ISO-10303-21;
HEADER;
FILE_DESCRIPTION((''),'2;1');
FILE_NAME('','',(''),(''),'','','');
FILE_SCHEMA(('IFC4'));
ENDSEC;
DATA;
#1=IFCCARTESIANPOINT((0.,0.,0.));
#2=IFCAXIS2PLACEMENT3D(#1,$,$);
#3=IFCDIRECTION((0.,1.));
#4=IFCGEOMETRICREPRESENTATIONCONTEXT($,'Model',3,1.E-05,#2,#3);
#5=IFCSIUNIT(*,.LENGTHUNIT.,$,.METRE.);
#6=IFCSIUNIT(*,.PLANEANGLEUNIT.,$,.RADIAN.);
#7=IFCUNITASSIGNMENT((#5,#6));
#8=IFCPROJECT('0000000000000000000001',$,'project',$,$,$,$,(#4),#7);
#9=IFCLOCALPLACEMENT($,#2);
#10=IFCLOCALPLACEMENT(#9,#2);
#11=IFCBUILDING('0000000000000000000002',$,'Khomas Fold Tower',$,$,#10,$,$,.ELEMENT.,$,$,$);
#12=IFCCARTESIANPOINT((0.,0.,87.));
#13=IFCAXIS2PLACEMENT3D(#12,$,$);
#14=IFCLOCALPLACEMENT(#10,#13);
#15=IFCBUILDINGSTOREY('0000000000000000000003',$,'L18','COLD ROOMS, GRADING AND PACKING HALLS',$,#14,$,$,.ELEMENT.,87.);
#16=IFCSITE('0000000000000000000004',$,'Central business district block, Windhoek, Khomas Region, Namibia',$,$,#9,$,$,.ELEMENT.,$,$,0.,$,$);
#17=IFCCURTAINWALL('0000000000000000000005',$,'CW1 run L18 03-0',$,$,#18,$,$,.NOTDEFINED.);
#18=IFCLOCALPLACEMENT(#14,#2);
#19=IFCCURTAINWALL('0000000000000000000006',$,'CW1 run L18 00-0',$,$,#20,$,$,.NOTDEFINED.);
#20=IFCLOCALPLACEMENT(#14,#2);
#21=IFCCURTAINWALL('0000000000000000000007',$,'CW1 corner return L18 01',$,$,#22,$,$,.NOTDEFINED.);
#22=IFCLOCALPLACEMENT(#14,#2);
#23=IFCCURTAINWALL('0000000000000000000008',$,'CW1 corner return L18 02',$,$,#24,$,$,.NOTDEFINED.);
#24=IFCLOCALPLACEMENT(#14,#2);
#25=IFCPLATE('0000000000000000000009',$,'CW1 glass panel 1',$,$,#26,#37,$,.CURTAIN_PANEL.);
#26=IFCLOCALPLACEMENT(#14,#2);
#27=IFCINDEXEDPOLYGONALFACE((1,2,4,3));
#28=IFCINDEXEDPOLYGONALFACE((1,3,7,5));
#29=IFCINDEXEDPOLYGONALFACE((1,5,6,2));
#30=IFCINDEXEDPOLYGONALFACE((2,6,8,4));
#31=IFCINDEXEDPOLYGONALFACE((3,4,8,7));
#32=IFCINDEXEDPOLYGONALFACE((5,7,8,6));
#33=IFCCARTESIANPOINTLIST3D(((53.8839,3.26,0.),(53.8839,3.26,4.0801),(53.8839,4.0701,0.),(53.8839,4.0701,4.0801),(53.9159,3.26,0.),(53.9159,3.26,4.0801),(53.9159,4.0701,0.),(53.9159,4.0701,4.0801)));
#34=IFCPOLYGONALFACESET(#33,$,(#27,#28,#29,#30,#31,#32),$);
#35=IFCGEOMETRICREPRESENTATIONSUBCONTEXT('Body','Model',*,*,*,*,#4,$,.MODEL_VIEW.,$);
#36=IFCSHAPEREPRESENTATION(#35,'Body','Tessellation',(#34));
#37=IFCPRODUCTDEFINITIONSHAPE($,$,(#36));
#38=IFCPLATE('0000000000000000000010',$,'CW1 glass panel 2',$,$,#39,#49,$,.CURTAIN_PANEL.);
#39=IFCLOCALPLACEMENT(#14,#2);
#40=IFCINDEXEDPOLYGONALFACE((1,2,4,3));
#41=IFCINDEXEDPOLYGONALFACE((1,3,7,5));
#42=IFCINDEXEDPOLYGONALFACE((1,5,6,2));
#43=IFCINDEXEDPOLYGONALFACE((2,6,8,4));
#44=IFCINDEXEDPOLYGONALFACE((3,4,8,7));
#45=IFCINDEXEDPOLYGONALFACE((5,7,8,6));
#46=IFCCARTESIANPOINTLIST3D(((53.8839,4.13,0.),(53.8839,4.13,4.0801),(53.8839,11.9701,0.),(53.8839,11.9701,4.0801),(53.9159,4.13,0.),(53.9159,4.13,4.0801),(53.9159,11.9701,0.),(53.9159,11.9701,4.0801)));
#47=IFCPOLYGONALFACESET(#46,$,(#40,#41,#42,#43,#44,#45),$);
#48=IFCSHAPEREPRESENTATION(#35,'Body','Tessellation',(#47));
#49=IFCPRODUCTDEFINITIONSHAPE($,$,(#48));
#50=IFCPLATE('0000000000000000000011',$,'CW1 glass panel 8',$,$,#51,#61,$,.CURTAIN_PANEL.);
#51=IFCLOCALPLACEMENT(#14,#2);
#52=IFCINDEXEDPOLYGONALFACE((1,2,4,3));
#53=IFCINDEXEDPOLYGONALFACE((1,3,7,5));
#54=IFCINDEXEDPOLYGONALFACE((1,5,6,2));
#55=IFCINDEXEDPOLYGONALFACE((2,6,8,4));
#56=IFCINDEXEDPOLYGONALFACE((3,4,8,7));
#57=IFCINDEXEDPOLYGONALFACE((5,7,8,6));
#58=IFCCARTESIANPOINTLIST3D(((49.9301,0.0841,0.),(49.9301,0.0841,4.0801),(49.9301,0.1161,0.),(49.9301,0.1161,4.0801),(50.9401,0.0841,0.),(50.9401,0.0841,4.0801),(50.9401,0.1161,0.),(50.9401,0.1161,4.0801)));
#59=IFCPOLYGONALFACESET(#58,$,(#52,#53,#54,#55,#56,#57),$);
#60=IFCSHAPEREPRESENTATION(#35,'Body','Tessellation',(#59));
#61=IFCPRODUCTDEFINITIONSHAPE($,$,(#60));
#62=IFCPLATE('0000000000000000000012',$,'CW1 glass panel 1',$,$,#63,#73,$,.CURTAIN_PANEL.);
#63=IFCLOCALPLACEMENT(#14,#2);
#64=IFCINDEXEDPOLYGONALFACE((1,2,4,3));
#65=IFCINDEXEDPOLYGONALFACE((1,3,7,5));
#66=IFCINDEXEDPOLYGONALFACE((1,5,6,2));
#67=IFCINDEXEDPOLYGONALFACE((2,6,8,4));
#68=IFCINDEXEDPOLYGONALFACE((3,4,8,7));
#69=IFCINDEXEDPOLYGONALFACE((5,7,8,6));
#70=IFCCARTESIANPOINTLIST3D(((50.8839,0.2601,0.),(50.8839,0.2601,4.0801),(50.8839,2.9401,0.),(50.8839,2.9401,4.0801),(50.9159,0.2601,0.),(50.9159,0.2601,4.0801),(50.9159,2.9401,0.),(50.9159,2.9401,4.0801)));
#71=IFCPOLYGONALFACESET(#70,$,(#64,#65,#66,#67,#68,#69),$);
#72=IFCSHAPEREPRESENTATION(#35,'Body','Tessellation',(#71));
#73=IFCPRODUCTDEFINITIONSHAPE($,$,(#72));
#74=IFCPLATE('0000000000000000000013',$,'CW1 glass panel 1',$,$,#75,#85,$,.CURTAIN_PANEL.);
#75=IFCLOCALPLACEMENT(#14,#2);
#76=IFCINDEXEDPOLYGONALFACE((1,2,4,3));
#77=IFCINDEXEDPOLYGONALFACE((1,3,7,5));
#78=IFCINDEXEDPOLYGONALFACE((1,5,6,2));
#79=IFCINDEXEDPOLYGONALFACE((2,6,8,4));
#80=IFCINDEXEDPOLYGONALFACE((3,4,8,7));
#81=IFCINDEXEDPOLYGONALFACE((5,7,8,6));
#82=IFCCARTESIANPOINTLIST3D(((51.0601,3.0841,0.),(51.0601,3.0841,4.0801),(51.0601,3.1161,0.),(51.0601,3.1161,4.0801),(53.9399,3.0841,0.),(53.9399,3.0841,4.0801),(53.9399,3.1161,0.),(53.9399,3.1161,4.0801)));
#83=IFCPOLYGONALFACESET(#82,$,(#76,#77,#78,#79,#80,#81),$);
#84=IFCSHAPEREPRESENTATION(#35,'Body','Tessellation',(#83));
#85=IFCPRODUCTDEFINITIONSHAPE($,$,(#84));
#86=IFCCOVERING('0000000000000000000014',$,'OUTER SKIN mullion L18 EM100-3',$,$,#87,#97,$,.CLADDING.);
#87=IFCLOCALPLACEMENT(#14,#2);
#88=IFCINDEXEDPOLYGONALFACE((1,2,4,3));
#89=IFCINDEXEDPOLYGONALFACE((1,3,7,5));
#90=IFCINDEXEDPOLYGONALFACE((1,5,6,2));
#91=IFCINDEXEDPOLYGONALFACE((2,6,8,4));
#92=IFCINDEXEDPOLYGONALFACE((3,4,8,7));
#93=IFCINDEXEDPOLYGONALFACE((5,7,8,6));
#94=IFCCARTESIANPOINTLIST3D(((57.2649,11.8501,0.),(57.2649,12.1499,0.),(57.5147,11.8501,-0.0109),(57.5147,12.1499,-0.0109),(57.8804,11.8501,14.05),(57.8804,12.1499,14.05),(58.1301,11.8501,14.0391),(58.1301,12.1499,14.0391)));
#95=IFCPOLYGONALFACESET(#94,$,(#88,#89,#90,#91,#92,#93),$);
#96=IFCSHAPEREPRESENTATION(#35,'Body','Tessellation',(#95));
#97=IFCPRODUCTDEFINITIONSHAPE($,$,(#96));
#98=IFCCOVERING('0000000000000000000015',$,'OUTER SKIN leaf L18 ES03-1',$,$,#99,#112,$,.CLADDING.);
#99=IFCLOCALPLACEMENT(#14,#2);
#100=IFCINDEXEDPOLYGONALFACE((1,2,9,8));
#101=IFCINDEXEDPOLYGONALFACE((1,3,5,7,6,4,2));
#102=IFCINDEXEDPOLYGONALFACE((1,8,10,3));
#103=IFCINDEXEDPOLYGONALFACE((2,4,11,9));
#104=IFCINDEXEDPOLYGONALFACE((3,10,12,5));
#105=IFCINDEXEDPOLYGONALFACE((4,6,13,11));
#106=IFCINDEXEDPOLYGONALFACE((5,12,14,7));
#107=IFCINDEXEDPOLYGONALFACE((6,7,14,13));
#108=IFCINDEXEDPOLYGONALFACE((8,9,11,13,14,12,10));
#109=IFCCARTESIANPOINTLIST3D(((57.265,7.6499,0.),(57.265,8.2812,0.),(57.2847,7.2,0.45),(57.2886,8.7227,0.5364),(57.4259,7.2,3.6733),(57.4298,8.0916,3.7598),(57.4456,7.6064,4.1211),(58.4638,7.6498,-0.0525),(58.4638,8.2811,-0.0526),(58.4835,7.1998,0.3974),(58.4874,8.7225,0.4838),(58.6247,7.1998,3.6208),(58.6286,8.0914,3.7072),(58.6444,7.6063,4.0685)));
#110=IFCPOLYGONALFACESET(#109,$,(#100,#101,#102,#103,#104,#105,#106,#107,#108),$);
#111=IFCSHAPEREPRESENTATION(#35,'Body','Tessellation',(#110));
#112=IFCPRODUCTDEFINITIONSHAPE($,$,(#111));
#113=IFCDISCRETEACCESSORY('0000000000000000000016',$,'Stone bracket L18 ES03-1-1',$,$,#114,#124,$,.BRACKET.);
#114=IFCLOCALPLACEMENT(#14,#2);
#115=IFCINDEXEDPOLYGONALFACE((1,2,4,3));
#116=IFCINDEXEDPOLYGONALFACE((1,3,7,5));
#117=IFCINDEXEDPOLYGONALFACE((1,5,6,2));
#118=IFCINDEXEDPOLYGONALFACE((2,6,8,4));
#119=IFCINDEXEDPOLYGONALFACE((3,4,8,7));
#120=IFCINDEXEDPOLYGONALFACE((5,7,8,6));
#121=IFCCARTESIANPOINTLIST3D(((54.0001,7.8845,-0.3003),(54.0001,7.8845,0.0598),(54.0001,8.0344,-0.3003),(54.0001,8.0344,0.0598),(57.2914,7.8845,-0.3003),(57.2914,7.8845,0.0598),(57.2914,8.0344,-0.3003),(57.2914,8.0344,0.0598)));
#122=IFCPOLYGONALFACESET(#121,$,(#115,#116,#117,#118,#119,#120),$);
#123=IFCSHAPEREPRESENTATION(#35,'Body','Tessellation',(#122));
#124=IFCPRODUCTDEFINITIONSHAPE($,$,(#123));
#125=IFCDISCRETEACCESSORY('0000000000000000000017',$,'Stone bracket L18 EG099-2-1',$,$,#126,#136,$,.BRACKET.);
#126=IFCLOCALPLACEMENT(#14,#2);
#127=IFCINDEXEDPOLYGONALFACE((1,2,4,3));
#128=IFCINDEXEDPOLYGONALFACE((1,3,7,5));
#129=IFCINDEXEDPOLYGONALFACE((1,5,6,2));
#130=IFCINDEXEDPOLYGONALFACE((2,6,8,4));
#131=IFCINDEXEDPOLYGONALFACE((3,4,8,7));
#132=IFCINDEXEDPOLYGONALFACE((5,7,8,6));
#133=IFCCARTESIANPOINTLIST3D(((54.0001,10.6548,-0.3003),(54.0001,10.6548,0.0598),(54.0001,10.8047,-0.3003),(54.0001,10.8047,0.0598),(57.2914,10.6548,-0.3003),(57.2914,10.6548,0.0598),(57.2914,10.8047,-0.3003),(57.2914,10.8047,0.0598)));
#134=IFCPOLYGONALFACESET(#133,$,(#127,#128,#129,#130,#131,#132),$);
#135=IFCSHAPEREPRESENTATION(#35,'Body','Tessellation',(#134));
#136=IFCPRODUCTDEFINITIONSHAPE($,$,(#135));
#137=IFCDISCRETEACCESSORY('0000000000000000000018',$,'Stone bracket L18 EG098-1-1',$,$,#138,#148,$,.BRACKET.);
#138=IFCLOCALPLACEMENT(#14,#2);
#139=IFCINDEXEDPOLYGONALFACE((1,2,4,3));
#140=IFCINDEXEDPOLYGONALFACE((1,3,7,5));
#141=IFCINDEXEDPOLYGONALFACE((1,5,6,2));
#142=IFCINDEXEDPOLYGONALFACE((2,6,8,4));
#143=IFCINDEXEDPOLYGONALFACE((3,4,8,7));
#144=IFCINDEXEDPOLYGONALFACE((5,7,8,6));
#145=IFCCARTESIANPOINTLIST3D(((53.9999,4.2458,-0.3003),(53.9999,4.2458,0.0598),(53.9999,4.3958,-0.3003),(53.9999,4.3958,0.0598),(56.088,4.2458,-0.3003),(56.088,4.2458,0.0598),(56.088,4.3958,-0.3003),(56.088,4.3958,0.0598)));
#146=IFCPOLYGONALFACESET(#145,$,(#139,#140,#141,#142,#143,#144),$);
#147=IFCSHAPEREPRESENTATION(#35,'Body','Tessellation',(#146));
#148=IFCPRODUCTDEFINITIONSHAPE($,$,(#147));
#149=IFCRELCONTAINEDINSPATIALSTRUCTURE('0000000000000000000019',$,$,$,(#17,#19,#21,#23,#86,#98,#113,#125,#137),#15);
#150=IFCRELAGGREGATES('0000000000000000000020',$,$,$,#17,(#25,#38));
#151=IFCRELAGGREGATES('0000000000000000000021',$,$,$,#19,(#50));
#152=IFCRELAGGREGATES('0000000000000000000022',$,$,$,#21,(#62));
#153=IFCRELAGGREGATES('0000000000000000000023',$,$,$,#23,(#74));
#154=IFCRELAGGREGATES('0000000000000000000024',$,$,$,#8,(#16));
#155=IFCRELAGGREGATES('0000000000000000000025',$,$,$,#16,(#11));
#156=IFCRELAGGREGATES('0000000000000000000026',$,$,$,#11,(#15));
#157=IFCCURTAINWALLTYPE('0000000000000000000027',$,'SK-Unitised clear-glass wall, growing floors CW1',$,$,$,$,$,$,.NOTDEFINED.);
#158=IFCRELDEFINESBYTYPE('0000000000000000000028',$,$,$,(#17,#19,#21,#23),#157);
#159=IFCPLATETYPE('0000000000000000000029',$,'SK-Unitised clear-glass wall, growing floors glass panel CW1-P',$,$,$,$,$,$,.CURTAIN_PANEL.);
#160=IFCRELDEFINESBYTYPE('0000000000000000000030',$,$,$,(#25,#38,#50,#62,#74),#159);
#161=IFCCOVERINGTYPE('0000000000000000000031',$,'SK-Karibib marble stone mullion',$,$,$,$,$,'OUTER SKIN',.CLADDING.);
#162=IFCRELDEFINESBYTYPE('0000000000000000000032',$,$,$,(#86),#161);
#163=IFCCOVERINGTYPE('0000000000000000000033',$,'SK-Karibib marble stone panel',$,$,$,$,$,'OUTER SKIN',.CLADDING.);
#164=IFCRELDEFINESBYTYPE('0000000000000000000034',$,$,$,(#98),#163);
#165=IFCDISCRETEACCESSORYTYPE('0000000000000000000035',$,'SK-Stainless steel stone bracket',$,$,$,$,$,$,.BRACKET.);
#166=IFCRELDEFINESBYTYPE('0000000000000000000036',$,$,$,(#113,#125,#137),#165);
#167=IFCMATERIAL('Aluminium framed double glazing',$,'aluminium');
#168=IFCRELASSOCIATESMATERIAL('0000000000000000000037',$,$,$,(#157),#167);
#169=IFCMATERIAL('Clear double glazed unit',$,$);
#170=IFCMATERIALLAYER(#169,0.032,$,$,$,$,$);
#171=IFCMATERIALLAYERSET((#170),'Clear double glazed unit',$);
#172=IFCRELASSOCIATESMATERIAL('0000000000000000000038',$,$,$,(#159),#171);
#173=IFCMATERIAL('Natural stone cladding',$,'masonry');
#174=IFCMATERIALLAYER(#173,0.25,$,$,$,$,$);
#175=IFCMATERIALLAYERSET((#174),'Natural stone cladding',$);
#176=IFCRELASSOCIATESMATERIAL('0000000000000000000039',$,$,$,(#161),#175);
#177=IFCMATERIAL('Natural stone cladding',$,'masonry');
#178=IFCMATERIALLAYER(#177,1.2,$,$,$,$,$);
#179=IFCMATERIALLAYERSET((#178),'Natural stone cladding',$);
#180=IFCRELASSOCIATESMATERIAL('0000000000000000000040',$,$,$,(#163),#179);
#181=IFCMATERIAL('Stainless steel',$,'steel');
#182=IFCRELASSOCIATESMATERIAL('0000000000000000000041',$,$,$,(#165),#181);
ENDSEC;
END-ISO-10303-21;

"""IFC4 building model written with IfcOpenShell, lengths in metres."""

from ifc_helpers import new_model, si_unit, direction, frame, origin, origin_2d, place, context, subcontext, project, spatial, polyline, rectangle, outline, extrude, source, transform, mapped, material, layer, layer_set, type_object, element, aggregate, save


model = new_model("IFC4")

# Units and contexts
model_context = context("Model", 3, precision=1e-05, world=origin(), true_north=direction((0.0, 1.0)))
body_context = subcontext(model_context, "Body", "Model", "MODEL_VIEW")
ifc_project = project(units=[si_unit("LENGTHUNIT", "METRE"), si_unit("PLANEANGLEUNIT", "RADIAN")], contexts=[model_context])

# Site, building, storey
site_placement = place(None, origin())
site = spatial("IfcSite", under=ifc_project, at=site_placement, Name="Central business district block, Windhoek, Khomas Region, Namibia", CompositionType="ELEMENT", RefElevation=0.0)
building_placement = place(site_placement, origin())
building = spatial("IfcBuilding", under=site, at=building_placement, Name="Khomas Fold Tower", CompositionType="ELEMENT")
storey_placement = place(building_placement, frame((0.0, 0.0, 87.0)))
storey = spatial("IfcBuildingStorey", under=building, at=storey_placement, Name="L18", Description="COLD ROOMS, GRADING AND PACKING HALLS", CompositionType="ELEMENT", Elevation=87.0)

# Curtain wall
ifc_material_1 = material(Name="Aluminium framed double glazing", Category="aluminium")
curtain_wall_type = type_object("IfcCurtainWallType", Name="SK-Unitised clear-glass wall, growing floors CW1", PredefinedType="NOTDEFINED", material=ifc_material_1)
curtain_wall_1_placement = place(storey_placement, origin())
curtain_wall_1 = element("IfcCurtainWall", 1, at=curtain_wall_1_placement, inside=storey, type_object=curtain_wall_type, Name="CW1 run L18 03-0", PredefinedType="NOTDEFINED")

# Curtain walls
curtain_wall_2_placement = place(storey_placement, origin())
curtain_wall_2 = element("IfcCurtainWall", 2, at=curtain_wall_2_placement, inside=storey, type_object=curtain_wall_type, Name="CW1 run L18 00-0", PredefinedType="NOTDEFINED")
curtain_wall_3_placement = place(storey_placement, origin())
curtain_wall_3 = element("IfcCurtainWall", 3, at=curtain_wall_3_placement, inside=storey, type_object=curtain_wall_type, Name="CW1 corner return L18 01", PredefinedType="NOTDEFINED")
curtain_wall_4_placement = place(storey_placement, origin())
curtain_wall_4 = element("IfcCurtainWall", 4, at=curtain_wall_4_placement, inside=storey, type_object=curtain_wall_type, Name="CW1 corner return L18 02", PredefinedType="NOTDEFINED")

# Plates
ifc_material_2 = material(Name="Clear double glazed unit")
ifc_layer_1 = layer(ifc_material_2, 0.032)
ifc_layer_set_1 = layer_set([ifc_layer_1], Name="Clear double glazed unit")
plate_type_1 = type_object("IfcPlateType", Name="SK-Unitised clear-glass wall, growing floors glass panel CW1-P", PredefinedType="CURTAIN_PANEL", material=ifc_layer_set_1)
shared_shape_1 = source(origin(), body_context, "Body", "SweptSolid", [
    extrude(rectangle(XDim=0.8101, YDim=0.032, at=origin_2d()), origin(), (0.0, 0.0, 1.0), 4.0801),
])
plate_1_placement = place(storey_placement, frame((53.8999, 3.665, 0.0), z_axis=(0.0, 0.0, 1.0), x_axis=(0.0, 1.0, 0.0)))
plate_1 = element("IfcPlate", 5, at=plate_1_placement, type_object=plate_type_1, Name="CW1 glass panel 1", PredefinedType="CURTAIN_PANEL", context=body_context, shape_type="MappedRepresentation", body=[
    mapped(shared_shape_1, transform((0.0, 0.0, 0.0))),
])
shared_shape_2 = source(origin(), body_context, "Body", "SweptSolid", [
    extrude(rectangle(XDim=7.8401, YDim=0.032, at=origin_2d()), origin(), (0.0, 0.0, 1.0), 4.0801),
])
plate_2_placement = place(storey_placement, frame((53.8999, 8.05, 0.0), z_axis=(0.0, 0.0, 1.0), x_axis=(0.0, 1.0, 0.0)))
plate_2 = element("IfcPlate", 6, at=plate_2_placement, type_object=plate_type_1, Name="CW1 glass panel 2", PredefinedType="CURTAIN_PANEL", context=body_context, shape_type="MappedRepresentation", body=[
    mapped(shared_shape_2, transform((0.0, 0.0, 0.0))),
])
aggregate(curtain_wall_1, [plate_1, plate_2])
shared_shape_3 = source(origin(), body_context, "Body", "SweptSolid", [
    extrude(rectangle(XDim=1.01, YDim=0.032, at=origin_2d()), origin(), (0.0, 0.0, 1.0), 4.0801),
])
plate_3_placement = place(storey_placement, frame((50.4351, 0.1001, 0.0), z_axis=(0.0, 0.0, 1.0), x_axis=(1.0, 0.0, 0.0)))
plate_3 = element("IfcPlate", 7, at=plate_3_placement, type_object=plate_type_1, Name="CW1 glass panel 8", PredefinedType="CURTAIN_PANEL", context=body_context, shape_type="MappedRepresentation", body=[
    mapped(shared_shape_3, transform((0.0, 0.0, 0.0))),
])
aggregate(curtain_wall_2, [plate_3])
shared_shape_4 = source(origin(), body_context, "Body", "SweptSolid", [
    extrude(rectangle(XDim=2.6799, YDim=0.032, at=origin_2d()), origin(), (0.0, 0.0, 1.0), 4.0801),
])
plate_4_placement = place(storey_placement, frame((50.8999, 1.6001, 0.0), z_axis=(0.0, 0.0, 1.0), x_axis=(0.0, 1.0, 0.0)))
plate_4 = element("IfcPlate", 8, at=plate_4_placement, type_object=plate_type_1, Name="CW1 glass panel 1", PredefinedType="CURTAIN_PANEL", context=body_context, shape_type="MappedRepresentation", body=[
    mapped(shared_shape_4, transform((0.0, 0.0, 0.0))),
])
aggregate(curtain_wall_3, [plate_4])
shared_shape_5 = source(origin(), body_context, "Body", "SweptSolid", [
    extrude(rectangle(XDim=2.8799, YDim=0.032, at=origin_2d()), origin(), (0.0, 0.0, 1.0), 4.0801),
])
plate_5_placement = place(storey_placement, frame((52.5, 3.1001, 0.0), z_axis=(0.0, 0.0, 1.0), x_axis=(1.0, 0.0, 0.0)))
plate_5 = element("IfcPlate", 9, at=plate_5_placement, type_object=plate_type_1, Name="CW1 glass panel 1", PredefinedType="CURTAIN_PANEL", context=body_context, shape_type="MappedRepresentation", body=[
    mapped(shared_shape_5, transform((0.0, 0.0, 0.0))),
])
aggregate(curtain_wall_4, [plate_5])

# Coverings
ifc_material_3 = material(Name="Natural stone cladding", Category="masonry")
ifc_layer_2 = layer(ifc_material_3, 0.25)
ifc_layer_set_2 = layer_set([ifc_layer_2], Name="Natural stone cladding")
covering_type_1 = type_object("IfcCoveringType", Name="SK-Karibib marble stone mullion", ElementType="OUTER SKIN", PredefinedType="CLADDING", material=ifc_layer_set_2)
covering_1_placement = place(storey_placement, frame((57.2649, 11.8501, 0.0), z_axis=(-0.999042, 0.0, 0.043764), x_axis=(0.043764, 0.0, 0.999042)))
element("IfcCovering", 10, at=covering_1_placement, inside=storey, type_object=covering_type_1, Name="OUTER SKIN mullion L18 EM100-3", PredefinedType="CLADDING", context=body_context, shape_type="SweptSolid", body=[
    extrude(outline(polyline([(0.0, 0.0), (14.0635, 0.0), (14.0635, 0.2998), (0.0, 0.2998), (0.0, 0.0)])), origin(), (0.0, 0.0, -1.0), 0.25),
])
ifc_material_4 = material(Name="Natural stone cladding", Category="masonry")
ifc_layer_3 = layer(ifc_material_4, 1.2)
ifc_layer_set_3 = layer_set([ifc_layer_3], Name="Natural stone cladding")
covering_type_2 = type_object("IfcCoveringType", Name="SK-Karibib marble stone panel", ElementType="OUTER SKIN", PredefinedType="CLADDING", material=ifc_layer_set_3)
covering_2_placement = place(storey_placement, frame((57.2847, 7.2, 0.45), z_axis=(-0.999041, 0.000095, 0.043788), x_axis=(0.043788, 0.0, 0.999041)))
element("IfcCovering", 11, at=covering_2_placement, inside=storey, type_object=covering_type_2, Name="OUTER SKIN leaf L18 ES03-1", PredefinedType="CLADDING", context=body_context, shape_type="SweptSolid", body=[
    extrude(outline(polyline([(0.0, 0.0), (3.2265, 0.0), (3.6747, 0.4065), (3.313, 0.8916), (0.0865, 1.5227), (-0.4504, 1.0813), (-0.4504, 0.45), (0.0, 0.0)])), origin(), (0.0, 0.0, -1.0), 1.2),
])

# Discrete accessories
ifc_material_5 = material(Name="Stainless steel", Category="steel")
discrete_accessory_type = type_object("IfcDiscreteAccessoryType", Name="SK-Stainless steel stone bracket", PredefinedType="BRACKET", material=ifc_material_5)
shared_shape_6 = source(origin(), body_context, "Body", "SweptSolid", [
    extrude(rectangle(XDim=3.2913, YDim=0.1499, at=origin_2d()), origin(), (0.0, 0.0, 1.0), 0.3601),
])
for number, where, z_axis, x_axis, name in (
    (12, (55.6458, 7.9595, -0.3003), (0.0, 0.0, 1.0), (1.0, 0.0, 0.0), "Stone bracket L18 ES03-1-1"),
    (13, (55.6458, 10.7297, -0.3003), (0.0, 0.0, 1.0), (1.0, 0.0, 0.0), "Stone bracket L18 EG099-2-1"),
):
    element("IfcDiscreteAccessory", number, at=place(storey_placement, frame(where, z_axis=z_axis, x_axis=x_axis)), inside=storey, type_object=discrete_accessory_type, Name=name, PredefinedType="BRACKET", context=body_context, shape_type="MappedRepresentation", body=[
        mapped(shared_shape_6, transform((0.0, 0.0, 0.0))),
    ])
shared_shape_7 = source(origin(), body_context, "Body", "SweptSolid", [
    extrude(rectangle(XDim=2.0881, YDim=0.1499, at=origin_2d()), origin(), (0.0, 0.0, 1.0), 0.3601),
])
discrete_accessory_placement = place(storey_placement, frame((55.0439, 4.3208, -0.3003), z_axis=(0.0, 0.0, 1.0), x_axis=(1.0, 0.0, 0.0)))
element("IfcDiscreteAccessory", 14, at=discrete_accessory_placement, inside=storey, type_object=discrete_accessory_type, Name="Stone bracket L18 EG098-1-1", PredefinedType="BRACKET", context=body_context, shape_type="MappedRepresentation", body=[
    mapped(shared_shape_7, transform((0.0, 0.0, 0.0))),
])

save(model, "model.ifc")
